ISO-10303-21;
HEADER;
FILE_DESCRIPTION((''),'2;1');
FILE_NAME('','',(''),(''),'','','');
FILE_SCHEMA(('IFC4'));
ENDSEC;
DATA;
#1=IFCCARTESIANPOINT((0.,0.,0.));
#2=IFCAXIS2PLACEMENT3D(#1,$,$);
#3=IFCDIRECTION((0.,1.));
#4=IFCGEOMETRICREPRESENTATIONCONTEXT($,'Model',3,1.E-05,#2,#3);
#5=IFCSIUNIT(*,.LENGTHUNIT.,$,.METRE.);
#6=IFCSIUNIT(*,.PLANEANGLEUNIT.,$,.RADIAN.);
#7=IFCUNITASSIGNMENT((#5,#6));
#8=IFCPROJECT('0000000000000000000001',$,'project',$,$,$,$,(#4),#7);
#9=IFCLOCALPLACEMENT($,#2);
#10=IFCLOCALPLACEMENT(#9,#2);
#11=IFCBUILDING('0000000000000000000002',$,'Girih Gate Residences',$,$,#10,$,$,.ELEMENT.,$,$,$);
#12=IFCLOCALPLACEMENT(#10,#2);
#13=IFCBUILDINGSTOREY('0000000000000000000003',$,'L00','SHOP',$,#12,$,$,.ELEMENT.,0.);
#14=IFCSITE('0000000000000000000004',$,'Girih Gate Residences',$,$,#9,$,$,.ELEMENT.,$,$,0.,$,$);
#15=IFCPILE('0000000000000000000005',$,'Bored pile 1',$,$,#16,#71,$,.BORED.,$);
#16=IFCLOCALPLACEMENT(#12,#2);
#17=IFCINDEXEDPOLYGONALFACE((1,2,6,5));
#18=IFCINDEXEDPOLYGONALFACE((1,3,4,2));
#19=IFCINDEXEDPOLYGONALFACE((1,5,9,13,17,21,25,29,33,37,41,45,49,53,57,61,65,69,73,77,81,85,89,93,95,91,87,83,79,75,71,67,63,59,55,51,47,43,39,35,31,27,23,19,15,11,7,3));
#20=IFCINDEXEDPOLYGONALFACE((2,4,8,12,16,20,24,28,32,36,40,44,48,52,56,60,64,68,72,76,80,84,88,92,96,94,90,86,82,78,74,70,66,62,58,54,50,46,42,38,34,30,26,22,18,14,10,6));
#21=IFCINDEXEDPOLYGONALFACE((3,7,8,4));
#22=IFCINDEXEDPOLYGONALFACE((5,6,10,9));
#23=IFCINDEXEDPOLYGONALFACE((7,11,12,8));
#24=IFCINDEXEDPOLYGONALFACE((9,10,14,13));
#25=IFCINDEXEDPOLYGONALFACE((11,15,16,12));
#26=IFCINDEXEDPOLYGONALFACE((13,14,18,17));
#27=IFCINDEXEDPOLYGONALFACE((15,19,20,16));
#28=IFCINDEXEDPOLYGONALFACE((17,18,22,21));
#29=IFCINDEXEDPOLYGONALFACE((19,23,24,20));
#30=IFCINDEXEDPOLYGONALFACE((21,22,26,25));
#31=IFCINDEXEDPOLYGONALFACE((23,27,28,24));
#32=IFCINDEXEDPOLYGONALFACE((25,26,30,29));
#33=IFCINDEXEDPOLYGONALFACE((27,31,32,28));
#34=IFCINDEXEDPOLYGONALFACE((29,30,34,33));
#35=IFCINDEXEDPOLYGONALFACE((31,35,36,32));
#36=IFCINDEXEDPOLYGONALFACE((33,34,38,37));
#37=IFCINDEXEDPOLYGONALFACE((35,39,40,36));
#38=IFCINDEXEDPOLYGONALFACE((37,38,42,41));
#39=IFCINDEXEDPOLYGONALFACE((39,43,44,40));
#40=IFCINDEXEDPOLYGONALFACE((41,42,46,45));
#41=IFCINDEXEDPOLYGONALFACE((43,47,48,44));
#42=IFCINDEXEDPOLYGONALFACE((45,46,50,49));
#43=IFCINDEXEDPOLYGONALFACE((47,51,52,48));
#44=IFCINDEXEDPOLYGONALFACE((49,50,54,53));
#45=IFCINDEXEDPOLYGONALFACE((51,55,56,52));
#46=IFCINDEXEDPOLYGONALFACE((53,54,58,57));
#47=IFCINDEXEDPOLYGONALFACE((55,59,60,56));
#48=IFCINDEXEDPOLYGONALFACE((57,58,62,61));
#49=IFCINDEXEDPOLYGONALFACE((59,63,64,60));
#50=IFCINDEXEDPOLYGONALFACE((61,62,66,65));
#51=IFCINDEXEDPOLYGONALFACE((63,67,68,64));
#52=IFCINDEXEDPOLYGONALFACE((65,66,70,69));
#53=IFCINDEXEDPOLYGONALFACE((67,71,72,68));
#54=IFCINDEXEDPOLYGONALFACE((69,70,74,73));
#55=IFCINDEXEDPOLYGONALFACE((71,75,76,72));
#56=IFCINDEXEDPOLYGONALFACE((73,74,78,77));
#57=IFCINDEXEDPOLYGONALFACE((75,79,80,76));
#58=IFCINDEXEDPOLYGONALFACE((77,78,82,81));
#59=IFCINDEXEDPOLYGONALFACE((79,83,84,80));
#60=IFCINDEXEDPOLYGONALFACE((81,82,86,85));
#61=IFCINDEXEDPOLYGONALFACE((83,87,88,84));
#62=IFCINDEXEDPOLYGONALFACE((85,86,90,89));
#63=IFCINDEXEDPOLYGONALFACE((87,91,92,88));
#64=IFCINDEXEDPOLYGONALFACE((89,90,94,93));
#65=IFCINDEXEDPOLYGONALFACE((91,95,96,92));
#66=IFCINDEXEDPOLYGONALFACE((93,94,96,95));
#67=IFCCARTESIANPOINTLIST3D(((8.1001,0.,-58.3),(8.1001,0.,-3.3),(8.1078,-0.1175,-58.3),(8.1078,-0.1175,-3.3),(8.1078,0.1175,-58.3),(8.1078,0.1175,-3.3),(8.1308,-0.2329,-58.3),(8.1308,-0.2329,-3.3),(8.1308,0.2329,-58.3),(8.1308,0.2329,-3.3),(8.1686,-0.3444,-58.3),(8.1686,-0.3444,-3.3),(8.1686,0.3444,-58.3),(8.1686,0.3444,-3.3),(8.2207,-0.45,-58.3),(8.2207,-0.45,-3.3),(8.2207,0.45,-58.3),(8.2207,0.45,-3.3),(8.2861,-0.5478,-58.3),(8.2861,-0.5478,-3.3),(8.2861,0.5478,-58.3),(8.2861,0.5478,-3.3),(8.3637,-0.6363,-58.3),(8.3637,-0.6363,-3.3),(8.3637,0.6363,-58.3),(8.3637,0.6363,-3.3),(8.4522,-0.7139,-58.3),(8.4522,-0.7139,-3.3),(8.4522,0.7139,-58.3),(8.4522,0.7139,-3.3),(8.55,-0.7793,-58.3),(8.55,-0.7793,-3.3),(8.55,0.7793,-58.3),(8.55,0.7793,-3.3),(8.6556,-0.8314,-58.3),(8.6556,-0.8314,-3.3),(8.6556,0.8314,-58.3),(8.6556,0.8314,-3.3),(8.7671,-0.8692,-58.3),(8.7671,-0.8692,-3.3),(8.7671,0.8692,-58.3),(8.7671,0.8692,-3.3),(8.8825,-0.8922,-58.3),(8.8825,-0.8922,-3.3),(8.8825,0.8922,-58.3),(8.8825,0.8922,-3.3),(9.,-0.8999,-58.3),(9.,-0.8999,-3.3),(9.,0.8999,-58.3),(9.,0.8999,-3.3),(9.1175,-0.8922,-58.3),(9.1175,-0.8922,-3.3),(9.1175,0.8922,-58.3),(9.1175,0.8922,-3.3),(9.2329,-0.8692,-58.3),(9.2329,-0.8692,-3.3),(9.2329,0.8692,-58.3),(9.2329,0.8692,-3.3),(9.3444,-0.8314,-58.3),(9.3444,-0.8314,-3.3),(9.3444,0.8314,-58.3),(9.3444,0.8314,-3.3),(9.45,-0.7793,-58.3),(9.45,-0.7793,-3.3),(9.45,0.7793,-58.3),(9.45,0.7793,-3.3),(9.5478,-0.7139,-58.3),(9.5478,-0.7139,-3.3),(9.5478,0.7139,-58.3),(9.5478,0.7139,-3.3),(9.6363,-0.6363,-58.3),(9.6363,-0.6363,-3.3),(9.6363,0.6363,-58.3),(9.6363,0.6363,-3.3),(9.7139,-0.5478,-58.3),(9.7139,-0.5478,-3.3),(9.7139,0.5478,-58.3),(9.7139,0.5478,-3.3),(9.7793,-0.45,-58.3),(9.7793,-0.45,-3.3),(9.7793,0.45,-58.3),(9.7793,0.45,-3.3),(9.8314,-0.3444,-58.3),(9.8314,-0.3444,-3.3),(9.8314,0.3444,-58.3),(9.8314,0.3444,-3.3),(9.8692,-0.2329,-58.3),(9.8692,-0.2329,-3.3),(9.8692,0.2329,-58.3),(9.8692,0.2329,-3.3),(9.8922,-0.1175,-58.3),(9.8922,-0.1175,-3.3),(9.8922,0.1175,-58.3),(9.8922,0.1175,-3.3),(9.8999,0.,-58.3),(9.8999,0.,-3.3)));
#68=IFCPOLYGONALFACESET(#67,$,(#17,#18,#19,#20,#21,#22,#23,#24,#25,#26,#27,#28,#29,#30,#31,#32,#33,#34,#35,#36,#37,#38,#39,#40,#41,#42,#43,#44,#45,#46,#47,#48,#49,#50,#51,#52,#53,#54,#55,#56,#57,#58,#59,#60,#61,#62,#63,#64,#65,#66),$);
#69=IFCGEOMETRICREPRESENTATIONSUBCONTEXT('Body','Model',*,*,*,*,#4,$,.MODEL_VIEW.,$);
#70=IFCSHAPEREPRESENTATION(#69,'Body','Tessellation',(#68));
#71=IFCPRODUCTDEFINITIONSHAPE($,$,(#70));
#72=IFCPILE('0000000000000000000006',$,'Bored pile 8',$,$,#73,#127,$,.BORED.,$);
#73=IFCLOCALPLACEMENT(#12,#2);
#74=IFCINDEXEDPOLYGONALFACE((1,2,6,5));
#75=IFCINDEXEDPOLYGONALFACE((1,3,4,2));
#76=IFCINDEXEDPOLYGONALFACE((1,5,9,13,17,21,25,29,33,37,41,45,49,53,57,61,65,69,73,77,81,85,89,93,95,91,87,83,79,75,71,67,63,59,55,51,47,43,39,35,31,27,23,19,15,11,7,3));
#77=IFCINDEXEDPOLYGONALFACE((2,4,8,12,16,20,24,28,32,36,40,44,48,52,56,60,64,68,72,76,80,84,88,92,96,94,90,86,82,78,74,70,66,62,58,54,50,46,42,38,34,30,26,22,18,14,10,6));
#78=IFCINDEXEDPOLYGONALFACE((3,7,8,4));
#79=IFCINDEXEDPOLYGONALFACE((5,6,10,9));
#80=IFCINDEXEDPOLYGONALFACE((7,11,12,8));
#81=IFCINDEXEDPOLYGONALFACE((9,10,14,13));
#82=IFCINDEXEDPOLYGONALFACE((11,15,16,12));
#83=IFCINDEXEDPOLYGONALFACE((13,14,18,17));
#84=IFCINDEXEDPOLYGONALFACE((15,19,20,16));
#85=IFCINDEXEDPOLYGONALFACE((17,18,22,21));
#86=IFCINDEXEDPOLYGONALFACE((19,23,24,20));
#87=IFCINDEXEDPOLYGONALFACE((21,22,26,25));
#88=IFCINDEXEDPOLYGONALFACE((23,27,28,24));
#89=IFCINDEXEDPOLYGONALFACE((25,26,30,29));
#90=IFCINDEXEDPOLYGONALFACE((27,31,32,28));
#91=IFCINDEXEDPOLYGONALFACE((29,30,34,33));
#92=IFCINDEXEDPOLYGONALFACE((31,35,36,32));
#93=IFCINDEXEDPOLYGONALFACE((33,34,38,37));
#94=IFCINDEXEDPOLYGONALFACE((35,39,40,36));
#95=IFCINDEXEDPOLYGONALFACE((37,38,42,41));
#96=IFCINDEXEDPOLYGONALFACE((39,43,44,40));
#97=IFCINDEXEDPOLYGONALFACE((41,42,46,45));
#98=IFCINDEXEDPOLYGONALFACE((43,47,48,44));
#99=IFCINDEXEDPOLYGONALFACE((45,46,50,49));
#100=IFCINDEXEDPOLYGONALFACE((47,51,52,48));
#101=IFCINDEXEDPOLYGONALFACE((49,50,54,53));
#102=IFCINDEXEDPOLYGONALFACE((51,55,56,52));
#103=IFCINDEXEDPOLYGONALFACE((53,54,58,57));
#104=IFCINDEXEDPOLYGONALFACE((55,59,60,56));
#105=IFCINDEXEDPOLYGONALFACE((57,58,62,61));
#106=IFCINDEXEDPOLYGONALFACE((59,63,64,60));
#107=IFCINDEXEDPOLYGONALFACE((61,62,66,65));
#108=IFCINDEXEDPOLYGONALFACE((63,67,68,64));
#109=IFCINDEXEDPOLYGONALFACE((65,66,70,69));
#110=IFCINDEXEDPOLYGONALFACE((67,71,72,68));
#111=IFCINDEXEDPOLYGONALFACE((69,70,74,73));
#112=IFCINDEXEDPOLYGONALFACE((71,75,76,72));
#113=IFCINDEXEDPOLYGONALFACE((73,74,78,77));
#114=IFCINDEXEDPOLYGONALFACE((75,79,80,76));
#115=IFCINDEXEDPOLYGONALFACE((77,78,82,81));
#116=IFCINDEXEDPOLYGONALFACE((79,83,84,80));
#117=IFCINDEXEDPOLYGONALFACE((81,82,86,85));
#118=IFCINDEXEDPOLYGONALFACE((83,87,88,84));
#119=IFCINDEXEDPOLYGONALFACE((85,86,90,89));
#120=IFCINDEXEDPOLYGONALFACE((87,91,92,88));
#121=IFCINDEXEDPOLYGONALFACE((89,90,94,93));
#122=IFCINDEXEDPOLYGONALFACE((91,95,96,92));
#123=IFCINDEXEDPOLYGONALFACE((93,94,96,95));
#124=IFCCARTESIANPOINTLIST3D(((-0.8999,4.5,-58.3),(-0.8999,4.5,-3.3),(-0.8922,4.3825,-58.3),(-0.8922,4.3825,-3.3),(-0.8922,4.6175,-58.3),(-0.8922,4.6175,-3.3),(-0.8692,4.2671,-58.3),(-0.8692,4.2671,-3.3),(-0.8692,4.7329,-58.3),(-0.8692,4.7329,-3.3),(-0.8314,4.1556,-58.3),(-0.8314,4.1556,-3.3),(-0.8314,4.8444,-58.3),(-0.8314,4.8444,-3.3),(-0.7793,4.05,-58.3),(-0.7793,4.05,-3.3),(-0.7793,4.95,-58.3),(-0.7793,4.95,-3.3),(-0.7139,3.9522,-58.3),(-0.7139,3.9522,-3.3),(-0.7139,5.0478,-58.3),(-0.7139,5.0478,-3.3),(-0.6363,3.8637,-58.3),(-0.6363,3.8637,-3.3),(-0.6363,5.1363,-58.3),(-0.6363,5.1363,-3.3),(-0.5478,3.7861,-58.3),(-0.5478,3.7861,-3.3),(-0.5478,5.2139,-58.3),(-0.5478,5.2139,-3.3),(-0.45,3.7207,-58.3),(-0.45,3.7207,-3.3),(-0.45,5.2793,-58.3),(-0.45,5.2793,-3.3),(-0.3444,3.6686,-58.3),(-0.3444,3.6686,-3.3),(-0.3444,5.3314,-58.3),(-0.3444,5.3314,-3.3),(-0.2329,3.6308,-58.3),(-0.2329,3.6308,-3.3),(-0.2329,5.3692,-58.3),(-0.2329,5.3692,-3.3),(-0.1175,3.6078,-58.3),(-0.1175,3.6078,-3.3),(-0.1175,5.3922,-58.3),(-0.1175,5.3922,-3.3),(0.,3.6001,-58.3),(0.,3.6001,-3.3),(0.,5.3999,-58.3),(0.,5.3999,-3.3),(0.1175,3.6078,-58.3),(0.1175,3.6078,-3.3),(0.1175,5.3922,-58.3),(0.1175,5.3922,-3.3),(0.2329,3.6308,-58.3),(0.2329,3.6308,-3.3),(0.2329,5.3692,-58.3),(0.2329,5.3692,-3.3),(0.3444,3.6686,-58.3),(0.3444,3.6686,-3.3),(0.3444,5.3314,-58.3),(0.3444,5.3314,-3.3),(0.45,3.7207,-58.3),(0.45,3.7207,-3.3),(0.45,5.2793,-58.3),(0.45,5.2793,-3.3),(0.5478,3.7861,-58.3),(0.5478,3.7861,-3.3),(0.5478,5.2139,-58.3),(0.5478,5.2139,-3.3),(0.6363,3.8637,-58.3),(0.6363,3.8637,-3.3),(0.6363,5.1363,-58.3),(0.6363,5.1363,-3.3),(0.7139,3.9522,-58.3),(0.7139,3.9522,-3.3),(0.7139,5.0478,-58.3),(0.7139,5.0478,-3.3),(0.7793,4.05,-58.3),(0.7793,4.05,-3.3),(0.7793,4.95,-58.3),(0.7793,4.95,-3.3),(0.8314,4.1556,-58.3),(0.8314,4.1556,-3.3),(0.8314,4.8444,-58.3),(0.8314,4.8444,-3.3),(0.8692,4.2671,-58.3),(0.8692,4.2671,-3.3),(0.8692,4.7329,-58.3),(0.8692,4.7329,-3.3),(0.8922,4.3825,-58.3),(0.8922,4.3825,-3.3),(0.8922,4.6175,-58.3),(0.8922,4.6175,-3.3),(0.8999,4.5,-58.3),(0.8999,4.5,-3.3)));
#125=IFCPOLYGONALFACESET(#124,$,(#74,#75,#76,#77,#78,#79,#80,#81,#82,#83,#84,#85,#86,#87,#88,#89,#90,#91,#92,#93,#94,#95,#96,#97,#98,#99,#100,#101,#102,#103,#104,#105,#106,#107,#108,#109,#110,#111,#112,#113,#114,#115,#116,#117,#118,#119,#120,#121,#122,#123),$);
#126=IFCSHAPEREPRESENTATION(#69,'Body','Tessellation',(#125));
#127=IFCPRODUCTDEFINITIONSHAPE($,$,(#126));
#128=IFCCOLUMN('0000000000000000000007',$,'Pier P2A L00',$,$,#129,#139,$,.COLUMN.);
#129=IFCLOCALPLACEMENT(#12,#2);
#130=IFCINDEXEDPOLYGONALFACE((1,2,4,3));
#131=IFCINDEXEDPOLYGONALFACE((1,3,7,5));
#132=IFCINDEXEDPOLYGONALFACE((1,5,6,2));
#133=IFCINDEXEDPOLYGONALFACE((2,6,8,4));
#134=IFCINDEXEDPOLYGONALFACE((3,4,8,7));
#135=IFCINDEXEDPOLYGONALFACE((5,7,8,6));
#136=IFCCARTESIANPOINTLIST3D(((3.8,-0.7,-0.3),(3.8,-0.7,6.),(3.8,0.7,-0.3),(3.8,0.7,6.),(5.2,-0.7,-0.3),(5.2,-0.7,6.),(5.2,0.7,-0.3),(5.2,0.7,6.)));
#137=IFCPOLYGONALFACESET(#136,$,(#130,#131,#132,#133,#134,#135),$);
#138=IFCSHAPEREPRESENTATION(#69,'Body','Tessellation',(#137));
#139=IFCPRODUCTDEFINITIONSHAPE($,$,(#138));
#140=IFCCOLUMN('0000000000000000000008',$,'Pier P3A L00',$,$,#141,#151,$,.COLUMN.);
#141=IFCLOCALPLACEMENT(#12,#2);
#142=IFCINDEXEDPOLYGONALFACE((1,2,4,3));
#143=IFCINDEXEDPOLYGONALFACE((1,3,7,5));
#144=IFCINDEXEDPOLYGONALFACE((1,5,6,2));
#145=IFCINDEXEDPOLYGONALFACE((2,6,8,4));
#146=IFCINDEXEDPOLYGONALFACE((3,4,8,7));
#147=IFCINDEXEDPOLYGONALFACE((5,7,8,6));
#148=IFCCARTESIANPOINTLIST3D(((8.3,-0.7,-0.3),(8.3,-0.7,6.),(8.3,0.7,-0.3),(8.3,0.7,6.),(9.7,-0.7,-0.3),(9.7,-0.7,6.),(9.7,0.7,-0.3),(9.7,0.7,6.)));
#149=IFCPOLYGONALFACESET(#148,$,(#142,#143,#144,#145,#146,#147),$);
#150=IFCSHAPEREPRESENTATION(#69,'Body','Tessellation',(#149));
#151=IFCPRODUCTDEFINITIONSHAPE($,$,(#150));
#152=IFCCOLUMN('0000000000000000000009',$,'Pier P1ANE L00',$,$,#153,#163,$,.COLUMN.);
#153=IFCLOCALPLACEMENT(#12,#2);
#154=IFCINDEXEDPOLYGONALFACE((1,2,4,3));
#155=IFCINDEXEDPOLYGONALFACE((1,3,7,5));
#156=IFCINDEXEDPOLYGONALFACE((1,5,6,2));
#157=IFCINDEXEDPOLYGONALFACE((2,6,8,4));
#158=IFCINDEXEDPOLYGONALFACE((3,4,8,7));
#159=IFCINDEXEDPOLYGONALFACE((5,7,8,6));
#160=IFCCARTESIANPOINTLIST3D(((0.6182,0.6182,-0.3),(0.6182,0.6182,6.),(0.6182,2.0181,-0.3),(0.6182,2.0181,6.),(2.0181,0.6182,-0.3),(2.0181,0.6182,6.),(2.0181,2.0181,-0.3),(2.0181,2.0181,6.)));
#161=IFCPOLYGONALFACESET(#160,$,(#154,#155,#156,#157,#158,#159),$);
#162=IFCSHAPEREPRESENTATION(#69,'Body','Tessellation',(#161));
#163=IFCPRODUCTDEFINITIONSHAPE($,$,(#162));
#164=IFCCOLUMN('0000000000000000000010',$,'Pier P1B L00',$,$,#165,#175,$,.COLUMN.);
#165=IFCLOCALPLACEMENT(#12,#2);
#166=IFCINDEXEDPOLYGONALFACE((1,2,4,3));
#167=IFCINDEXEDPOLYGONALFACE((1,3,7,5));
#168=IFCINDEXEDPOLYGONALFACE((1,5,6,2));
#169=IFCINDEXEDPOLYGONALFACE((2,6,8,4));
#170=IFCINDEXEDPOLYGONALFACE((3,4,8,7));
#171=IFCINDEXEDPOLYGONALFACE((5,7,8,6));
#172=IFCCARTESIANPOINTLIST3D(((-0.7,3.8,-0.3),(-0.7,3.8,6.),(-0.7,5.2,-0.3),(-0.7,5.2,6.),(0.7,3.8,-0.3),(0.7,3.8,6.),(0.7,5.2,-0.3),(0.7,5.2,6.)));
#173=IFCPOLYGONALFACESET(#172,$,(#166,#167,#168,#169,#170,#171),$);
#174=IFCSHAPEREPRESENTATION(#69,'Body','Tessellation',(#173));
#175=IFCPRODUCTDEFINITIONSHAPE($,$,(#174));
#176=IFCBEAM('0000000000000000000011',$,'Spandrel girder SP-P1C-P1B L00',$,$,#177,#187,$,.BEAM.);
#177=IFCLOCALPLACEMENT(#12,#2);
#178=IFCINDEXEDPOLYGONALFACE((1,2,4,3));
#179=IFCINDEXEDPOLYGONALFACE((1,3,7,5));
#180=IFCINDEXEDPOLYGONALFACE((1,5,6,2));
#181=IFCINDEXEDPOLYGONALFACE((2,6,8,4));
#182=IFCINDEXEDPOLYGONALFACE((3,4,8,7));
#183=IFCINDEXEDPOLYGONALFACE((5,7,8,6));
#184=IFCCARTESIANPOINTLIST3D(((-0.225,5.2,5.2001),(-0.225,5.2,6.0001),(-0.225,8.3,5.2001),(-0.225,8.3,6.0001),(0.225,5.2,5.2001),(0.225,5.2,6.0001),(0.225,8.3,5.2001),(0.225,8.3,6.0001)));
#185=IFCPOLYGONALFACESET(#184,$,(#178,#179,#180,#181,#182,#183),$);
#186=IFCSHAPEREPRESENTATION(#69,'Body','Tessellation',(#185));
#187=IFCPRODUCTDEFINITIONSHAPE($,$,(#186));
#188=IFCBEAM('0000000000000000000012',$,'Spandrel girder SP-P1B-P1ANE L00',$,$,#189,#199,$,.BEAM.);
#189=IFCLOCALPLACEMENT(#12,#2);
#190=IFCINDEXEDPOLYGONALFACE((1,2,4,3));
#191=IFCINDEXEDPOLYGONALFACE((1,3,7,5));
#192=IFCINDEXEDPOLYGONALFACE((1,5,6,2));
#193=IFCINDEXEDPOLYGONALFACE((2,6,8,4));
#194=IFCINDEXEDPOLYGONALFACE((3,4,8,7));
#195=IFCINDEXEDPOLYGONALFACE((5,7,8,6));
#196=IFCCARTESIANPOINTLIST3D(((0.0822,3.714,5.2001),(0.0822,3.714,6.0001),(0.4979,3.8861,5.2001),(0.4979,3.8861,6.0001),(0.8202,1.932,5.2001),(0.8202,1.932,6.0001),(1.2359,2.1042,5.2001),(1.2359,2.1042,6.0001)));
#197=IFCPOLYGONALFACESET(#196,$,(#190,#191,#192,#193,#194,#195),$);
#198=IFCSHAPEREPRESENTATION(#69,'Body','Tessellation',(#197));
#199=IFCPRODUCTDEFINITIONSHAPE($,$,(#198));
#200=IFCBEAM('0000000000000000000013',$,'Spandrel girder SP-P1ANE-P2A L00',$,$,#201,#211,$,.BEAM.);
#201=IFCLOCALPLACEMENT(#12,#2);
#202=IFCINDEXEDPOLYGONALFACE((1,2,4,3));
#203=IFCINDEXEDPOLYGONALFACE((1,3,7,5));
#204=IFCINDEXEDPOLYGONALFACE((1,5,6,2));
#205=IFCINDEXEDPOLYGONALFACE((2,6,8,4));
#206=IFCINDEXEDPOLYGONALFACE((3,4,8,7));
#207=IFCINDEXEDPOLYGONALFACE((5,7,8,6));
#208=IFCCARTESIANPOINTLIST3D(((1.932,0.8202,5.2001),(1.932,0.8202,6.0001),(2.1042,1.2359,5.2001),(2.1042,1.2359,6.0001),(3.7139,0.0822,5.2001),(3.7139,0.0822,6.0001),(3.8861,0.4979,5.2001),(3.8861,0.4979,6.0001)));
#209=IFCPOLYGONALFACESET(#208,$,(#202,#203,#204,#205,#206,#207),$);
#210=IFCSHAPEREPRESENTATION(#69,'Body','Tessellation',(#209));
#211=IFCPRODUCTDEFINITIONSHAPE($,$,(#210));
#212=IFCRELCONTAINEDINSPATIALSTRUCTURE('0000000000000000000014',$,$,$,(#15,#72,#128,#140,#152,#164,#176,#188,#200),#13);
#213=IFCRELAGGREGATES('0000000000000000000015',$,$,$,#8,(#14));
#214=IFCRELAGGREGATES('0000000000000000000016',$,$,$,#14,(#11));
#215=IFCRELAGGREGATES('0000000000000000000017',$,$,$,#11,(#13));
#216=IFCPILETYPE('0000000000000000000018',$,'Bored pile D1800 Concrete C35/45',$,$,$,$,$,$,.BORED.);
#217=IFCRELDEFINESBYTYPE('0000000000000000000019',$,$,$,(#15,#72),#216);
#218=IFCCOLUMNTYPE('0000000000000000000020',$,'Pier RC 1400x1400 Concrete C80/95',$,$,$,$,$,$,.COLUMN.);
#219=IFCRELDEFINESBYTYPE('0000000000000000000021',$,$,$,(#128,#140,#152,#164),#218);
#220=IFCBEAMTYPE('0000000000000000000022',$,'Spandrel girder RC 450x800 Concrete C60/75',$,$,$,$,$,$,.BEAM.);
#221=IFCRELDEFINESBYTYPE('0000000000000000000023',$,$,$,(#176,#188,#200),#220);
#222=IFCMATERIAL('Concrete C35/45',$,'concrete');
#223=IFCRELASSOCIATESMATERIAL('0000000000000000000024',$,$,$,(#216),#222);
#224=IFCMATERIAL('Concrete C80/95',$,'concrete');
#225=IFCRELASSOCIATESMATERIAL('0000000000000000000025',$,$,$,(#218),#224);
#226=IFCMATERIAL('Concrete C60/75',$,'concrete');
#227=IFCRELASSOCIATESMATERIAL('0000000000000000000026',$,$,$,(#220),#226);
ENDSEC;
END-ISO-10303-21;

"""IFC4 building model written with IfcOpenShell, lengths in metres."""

from ifc_helpers import new_model, si_unit, direction, frame, origin, origin_2d, place, context, subcontext, project, spatial, rectangle, circle, extrude, material, material_profile, profile_set, type_object, element, save


model = new_model("IFC4")

# Units and contexts
model_context = context("Model", 3, precision=1e-05, world=origin(), true_north=direction((0.0, 1.0)))
body_context = subcontext(model_context, "Body", "Model", "MODEL_VIEW")
ifc_project = project(units=[si_unit("LENGTHUNIT", "METRE"), si_unit("PLANEANGLEUNIT", "RADIAN")], contexts=[model_context])

# Site, building, storey
site_placement = place(None, origin())
site = spatial("IfcSite", under=ifc_project, at=site_placement, Name="Girih Gate Residences", CompositionType="ELEMENT", RefElevation=0.0)
building_placement = place(site_placement, origin())
building = spatial("IfcBuilding", under=site, at=building_placement, Name="Girih Gate Residences", CompositionType="ELEMENT")
storey_placement = place(building_placement, origin())
storey = spatial("IfcBuildingStorey", under=building, at=storey_placement, Name="L00", Description="SHOP", CompositionType="ELEMENT", Elevation=0.0)

# Piles
ifc_material_1 = material(Name="Concrete C35/45", Category="concrete")
ifc_material_profile_1 = material_profile(ifc_material_1, circle(Radius=0.8999, at=origin_2d()))
ifc_profile_set_1 = profile_set([ifc_material_profile_1], Name="Concrete C35/45")
pile_type = type_object("IfcPileType", Name="Bored pile D1800 Concrete C35/45", PredefinedType="BORED", material=ifc_profile_set_1)
for number, where, z_axis, x_axis, name in (
    (1, (9.0, 0.0, -3.3), (0.0, 0.0, -1.0), (1.0, 0.0, 0.0), "Bored pile 1"),
    (2, (0.0, 4.5, -3.3), (0.0, 0.0, -1.0), (1.0, 0.0, 0.0), "Bored pile 8"),
):
    element("IfcPile", number, at=place(storey_placement, frame(where, z_axis=z_axis, x_axis=x_axis)), inside=storey, type_object=pile_type, Name=name, PredefinedType="BORED", context=body_context, shape_type="SweptSolid", body=[
        extrude(circle(Radius=0.8999, at=origin_2d()), origin(), (0.0, 0.0, 1.0), 55.0),
    ])

# Columns
ifc_material_2 = material(Name="Concrete C80/95", Category="concrete")
ifc_material_profile_2 = material_profile(ifc_material_2, rectangle(XDim=1.3999, YDim=1.3999, at=origin_2d()))
ifc_profile_set_2 = profile_set([ifc_material_profile_2], Name="Concrete C80/95")
column_type = type_object("IfcColumnType", Name="Pier RC 1400x1400 Concrete C80/95", PredefinedType="COLUMN", material=ifc_profile_set_2)
for number, where, z_axis, x_axis, name in (
    (3, (4.5, 0.0, -0.3), (0.0, 0.0, 1.0), (1.0, 0.0, 0.0), "Pier P2A L00"),
    (4, (9.0, 0.0, -0.3), (0.0, 0.0, 1.0), (1.0, 0.0, 0.0), "Pier P3A L00"),
    (5, (1.3181, 1.3181, -0.3), (0.0, 0.0, 1.0), (1.0, 0.0, 0.0), "Pier P1ANE L00"),
    (6, (0.0, 4.5, -0.3), (0.0, 0.0, 1.0), (1.0, 0.0, 0.0), "Pier P1B L00"),
):
    element("IfcColumn", number, at=place(storey_placement, frame(where, z_axis=z_axis, x_axis=x_axis)), inside=storey, type_object=column_type, Name=name, PredefinedType="COLUMN", context=body_context, shape_type="SweptSolid", body=[
        extrude(rectangle(XDim=1.3999, YDim=1.3999, at=origin_2d()), origin(), (0.0, 0.0, 1.0), 6.3),
    ])

# Beams
ifc_material_3 = material(Name="Concrete C60/75", Category="concrete")
ifc_material_profile_3 = material_profile(ifc_material_3, rectangle(XDim=0.45, YDim=0.8, at=origin_2d()))
ifc_profile_set_3 = profile_set([ifc_material_profile_3], Name="Concrete C60/75")
beam_type = type_object("IfcBeamType", Name="Spandrel girder RC 450x800 Concrete C60/75", PredefinedType="BEAM", material=ifc_profile_set_3)
beam_placement = place(storey_placement, frame((0.0, 8.3, 5.6001), z_axis=(0.0, -1.0, 0.0), x_axis=(1.0, 0.0, 0.0)))
element("IfcBeam", 7, at=beam_placement, inside=storey, type_object=beam_type, Name="Spandrel girder SP-P1C-P1B L00", PredefinedType="BEAM", context=body_context, shape_type="SweptSolid", body=[
    extrude(rectangle(XDim=0.45, YDim=0.8, at=origin_2d()), origin(), (0.0, 0.0, 1.0), 3.1001),
])
for number, where, z_axis, x_axis, name in (
    (8, (0.29, 3.8, 5.6001), (0.382646, -0.923895, 0.0), (0.923895, 0.382646, 0.0), "Spandrel girder SP-P1B-P1ANE L00"),
    (9, (2.0181, 1.0281, 5.6001), (0.923895, -0.382646, 0.0), (0.382646, 0.923895, 0.0), "Spandrel girder SP-P1ANE-P2A L00"),
):
    element("IfcBeam", number, at=place(storey_placement, frame(where, z_axis=z_axis, x_axis=x_axis)), inside=storey, type_object=beam_type, Name=name, PredefinedType="BEAM", context=body_context, shape_type="SweptSolid", body=[
        extrude(rectangle(XDim=0.45, YDim=0.8, at=origin_2d()), origin(), (0.0, 0.0, 1.0), 1.9287),
    ])

save(model, "model.ifc")
